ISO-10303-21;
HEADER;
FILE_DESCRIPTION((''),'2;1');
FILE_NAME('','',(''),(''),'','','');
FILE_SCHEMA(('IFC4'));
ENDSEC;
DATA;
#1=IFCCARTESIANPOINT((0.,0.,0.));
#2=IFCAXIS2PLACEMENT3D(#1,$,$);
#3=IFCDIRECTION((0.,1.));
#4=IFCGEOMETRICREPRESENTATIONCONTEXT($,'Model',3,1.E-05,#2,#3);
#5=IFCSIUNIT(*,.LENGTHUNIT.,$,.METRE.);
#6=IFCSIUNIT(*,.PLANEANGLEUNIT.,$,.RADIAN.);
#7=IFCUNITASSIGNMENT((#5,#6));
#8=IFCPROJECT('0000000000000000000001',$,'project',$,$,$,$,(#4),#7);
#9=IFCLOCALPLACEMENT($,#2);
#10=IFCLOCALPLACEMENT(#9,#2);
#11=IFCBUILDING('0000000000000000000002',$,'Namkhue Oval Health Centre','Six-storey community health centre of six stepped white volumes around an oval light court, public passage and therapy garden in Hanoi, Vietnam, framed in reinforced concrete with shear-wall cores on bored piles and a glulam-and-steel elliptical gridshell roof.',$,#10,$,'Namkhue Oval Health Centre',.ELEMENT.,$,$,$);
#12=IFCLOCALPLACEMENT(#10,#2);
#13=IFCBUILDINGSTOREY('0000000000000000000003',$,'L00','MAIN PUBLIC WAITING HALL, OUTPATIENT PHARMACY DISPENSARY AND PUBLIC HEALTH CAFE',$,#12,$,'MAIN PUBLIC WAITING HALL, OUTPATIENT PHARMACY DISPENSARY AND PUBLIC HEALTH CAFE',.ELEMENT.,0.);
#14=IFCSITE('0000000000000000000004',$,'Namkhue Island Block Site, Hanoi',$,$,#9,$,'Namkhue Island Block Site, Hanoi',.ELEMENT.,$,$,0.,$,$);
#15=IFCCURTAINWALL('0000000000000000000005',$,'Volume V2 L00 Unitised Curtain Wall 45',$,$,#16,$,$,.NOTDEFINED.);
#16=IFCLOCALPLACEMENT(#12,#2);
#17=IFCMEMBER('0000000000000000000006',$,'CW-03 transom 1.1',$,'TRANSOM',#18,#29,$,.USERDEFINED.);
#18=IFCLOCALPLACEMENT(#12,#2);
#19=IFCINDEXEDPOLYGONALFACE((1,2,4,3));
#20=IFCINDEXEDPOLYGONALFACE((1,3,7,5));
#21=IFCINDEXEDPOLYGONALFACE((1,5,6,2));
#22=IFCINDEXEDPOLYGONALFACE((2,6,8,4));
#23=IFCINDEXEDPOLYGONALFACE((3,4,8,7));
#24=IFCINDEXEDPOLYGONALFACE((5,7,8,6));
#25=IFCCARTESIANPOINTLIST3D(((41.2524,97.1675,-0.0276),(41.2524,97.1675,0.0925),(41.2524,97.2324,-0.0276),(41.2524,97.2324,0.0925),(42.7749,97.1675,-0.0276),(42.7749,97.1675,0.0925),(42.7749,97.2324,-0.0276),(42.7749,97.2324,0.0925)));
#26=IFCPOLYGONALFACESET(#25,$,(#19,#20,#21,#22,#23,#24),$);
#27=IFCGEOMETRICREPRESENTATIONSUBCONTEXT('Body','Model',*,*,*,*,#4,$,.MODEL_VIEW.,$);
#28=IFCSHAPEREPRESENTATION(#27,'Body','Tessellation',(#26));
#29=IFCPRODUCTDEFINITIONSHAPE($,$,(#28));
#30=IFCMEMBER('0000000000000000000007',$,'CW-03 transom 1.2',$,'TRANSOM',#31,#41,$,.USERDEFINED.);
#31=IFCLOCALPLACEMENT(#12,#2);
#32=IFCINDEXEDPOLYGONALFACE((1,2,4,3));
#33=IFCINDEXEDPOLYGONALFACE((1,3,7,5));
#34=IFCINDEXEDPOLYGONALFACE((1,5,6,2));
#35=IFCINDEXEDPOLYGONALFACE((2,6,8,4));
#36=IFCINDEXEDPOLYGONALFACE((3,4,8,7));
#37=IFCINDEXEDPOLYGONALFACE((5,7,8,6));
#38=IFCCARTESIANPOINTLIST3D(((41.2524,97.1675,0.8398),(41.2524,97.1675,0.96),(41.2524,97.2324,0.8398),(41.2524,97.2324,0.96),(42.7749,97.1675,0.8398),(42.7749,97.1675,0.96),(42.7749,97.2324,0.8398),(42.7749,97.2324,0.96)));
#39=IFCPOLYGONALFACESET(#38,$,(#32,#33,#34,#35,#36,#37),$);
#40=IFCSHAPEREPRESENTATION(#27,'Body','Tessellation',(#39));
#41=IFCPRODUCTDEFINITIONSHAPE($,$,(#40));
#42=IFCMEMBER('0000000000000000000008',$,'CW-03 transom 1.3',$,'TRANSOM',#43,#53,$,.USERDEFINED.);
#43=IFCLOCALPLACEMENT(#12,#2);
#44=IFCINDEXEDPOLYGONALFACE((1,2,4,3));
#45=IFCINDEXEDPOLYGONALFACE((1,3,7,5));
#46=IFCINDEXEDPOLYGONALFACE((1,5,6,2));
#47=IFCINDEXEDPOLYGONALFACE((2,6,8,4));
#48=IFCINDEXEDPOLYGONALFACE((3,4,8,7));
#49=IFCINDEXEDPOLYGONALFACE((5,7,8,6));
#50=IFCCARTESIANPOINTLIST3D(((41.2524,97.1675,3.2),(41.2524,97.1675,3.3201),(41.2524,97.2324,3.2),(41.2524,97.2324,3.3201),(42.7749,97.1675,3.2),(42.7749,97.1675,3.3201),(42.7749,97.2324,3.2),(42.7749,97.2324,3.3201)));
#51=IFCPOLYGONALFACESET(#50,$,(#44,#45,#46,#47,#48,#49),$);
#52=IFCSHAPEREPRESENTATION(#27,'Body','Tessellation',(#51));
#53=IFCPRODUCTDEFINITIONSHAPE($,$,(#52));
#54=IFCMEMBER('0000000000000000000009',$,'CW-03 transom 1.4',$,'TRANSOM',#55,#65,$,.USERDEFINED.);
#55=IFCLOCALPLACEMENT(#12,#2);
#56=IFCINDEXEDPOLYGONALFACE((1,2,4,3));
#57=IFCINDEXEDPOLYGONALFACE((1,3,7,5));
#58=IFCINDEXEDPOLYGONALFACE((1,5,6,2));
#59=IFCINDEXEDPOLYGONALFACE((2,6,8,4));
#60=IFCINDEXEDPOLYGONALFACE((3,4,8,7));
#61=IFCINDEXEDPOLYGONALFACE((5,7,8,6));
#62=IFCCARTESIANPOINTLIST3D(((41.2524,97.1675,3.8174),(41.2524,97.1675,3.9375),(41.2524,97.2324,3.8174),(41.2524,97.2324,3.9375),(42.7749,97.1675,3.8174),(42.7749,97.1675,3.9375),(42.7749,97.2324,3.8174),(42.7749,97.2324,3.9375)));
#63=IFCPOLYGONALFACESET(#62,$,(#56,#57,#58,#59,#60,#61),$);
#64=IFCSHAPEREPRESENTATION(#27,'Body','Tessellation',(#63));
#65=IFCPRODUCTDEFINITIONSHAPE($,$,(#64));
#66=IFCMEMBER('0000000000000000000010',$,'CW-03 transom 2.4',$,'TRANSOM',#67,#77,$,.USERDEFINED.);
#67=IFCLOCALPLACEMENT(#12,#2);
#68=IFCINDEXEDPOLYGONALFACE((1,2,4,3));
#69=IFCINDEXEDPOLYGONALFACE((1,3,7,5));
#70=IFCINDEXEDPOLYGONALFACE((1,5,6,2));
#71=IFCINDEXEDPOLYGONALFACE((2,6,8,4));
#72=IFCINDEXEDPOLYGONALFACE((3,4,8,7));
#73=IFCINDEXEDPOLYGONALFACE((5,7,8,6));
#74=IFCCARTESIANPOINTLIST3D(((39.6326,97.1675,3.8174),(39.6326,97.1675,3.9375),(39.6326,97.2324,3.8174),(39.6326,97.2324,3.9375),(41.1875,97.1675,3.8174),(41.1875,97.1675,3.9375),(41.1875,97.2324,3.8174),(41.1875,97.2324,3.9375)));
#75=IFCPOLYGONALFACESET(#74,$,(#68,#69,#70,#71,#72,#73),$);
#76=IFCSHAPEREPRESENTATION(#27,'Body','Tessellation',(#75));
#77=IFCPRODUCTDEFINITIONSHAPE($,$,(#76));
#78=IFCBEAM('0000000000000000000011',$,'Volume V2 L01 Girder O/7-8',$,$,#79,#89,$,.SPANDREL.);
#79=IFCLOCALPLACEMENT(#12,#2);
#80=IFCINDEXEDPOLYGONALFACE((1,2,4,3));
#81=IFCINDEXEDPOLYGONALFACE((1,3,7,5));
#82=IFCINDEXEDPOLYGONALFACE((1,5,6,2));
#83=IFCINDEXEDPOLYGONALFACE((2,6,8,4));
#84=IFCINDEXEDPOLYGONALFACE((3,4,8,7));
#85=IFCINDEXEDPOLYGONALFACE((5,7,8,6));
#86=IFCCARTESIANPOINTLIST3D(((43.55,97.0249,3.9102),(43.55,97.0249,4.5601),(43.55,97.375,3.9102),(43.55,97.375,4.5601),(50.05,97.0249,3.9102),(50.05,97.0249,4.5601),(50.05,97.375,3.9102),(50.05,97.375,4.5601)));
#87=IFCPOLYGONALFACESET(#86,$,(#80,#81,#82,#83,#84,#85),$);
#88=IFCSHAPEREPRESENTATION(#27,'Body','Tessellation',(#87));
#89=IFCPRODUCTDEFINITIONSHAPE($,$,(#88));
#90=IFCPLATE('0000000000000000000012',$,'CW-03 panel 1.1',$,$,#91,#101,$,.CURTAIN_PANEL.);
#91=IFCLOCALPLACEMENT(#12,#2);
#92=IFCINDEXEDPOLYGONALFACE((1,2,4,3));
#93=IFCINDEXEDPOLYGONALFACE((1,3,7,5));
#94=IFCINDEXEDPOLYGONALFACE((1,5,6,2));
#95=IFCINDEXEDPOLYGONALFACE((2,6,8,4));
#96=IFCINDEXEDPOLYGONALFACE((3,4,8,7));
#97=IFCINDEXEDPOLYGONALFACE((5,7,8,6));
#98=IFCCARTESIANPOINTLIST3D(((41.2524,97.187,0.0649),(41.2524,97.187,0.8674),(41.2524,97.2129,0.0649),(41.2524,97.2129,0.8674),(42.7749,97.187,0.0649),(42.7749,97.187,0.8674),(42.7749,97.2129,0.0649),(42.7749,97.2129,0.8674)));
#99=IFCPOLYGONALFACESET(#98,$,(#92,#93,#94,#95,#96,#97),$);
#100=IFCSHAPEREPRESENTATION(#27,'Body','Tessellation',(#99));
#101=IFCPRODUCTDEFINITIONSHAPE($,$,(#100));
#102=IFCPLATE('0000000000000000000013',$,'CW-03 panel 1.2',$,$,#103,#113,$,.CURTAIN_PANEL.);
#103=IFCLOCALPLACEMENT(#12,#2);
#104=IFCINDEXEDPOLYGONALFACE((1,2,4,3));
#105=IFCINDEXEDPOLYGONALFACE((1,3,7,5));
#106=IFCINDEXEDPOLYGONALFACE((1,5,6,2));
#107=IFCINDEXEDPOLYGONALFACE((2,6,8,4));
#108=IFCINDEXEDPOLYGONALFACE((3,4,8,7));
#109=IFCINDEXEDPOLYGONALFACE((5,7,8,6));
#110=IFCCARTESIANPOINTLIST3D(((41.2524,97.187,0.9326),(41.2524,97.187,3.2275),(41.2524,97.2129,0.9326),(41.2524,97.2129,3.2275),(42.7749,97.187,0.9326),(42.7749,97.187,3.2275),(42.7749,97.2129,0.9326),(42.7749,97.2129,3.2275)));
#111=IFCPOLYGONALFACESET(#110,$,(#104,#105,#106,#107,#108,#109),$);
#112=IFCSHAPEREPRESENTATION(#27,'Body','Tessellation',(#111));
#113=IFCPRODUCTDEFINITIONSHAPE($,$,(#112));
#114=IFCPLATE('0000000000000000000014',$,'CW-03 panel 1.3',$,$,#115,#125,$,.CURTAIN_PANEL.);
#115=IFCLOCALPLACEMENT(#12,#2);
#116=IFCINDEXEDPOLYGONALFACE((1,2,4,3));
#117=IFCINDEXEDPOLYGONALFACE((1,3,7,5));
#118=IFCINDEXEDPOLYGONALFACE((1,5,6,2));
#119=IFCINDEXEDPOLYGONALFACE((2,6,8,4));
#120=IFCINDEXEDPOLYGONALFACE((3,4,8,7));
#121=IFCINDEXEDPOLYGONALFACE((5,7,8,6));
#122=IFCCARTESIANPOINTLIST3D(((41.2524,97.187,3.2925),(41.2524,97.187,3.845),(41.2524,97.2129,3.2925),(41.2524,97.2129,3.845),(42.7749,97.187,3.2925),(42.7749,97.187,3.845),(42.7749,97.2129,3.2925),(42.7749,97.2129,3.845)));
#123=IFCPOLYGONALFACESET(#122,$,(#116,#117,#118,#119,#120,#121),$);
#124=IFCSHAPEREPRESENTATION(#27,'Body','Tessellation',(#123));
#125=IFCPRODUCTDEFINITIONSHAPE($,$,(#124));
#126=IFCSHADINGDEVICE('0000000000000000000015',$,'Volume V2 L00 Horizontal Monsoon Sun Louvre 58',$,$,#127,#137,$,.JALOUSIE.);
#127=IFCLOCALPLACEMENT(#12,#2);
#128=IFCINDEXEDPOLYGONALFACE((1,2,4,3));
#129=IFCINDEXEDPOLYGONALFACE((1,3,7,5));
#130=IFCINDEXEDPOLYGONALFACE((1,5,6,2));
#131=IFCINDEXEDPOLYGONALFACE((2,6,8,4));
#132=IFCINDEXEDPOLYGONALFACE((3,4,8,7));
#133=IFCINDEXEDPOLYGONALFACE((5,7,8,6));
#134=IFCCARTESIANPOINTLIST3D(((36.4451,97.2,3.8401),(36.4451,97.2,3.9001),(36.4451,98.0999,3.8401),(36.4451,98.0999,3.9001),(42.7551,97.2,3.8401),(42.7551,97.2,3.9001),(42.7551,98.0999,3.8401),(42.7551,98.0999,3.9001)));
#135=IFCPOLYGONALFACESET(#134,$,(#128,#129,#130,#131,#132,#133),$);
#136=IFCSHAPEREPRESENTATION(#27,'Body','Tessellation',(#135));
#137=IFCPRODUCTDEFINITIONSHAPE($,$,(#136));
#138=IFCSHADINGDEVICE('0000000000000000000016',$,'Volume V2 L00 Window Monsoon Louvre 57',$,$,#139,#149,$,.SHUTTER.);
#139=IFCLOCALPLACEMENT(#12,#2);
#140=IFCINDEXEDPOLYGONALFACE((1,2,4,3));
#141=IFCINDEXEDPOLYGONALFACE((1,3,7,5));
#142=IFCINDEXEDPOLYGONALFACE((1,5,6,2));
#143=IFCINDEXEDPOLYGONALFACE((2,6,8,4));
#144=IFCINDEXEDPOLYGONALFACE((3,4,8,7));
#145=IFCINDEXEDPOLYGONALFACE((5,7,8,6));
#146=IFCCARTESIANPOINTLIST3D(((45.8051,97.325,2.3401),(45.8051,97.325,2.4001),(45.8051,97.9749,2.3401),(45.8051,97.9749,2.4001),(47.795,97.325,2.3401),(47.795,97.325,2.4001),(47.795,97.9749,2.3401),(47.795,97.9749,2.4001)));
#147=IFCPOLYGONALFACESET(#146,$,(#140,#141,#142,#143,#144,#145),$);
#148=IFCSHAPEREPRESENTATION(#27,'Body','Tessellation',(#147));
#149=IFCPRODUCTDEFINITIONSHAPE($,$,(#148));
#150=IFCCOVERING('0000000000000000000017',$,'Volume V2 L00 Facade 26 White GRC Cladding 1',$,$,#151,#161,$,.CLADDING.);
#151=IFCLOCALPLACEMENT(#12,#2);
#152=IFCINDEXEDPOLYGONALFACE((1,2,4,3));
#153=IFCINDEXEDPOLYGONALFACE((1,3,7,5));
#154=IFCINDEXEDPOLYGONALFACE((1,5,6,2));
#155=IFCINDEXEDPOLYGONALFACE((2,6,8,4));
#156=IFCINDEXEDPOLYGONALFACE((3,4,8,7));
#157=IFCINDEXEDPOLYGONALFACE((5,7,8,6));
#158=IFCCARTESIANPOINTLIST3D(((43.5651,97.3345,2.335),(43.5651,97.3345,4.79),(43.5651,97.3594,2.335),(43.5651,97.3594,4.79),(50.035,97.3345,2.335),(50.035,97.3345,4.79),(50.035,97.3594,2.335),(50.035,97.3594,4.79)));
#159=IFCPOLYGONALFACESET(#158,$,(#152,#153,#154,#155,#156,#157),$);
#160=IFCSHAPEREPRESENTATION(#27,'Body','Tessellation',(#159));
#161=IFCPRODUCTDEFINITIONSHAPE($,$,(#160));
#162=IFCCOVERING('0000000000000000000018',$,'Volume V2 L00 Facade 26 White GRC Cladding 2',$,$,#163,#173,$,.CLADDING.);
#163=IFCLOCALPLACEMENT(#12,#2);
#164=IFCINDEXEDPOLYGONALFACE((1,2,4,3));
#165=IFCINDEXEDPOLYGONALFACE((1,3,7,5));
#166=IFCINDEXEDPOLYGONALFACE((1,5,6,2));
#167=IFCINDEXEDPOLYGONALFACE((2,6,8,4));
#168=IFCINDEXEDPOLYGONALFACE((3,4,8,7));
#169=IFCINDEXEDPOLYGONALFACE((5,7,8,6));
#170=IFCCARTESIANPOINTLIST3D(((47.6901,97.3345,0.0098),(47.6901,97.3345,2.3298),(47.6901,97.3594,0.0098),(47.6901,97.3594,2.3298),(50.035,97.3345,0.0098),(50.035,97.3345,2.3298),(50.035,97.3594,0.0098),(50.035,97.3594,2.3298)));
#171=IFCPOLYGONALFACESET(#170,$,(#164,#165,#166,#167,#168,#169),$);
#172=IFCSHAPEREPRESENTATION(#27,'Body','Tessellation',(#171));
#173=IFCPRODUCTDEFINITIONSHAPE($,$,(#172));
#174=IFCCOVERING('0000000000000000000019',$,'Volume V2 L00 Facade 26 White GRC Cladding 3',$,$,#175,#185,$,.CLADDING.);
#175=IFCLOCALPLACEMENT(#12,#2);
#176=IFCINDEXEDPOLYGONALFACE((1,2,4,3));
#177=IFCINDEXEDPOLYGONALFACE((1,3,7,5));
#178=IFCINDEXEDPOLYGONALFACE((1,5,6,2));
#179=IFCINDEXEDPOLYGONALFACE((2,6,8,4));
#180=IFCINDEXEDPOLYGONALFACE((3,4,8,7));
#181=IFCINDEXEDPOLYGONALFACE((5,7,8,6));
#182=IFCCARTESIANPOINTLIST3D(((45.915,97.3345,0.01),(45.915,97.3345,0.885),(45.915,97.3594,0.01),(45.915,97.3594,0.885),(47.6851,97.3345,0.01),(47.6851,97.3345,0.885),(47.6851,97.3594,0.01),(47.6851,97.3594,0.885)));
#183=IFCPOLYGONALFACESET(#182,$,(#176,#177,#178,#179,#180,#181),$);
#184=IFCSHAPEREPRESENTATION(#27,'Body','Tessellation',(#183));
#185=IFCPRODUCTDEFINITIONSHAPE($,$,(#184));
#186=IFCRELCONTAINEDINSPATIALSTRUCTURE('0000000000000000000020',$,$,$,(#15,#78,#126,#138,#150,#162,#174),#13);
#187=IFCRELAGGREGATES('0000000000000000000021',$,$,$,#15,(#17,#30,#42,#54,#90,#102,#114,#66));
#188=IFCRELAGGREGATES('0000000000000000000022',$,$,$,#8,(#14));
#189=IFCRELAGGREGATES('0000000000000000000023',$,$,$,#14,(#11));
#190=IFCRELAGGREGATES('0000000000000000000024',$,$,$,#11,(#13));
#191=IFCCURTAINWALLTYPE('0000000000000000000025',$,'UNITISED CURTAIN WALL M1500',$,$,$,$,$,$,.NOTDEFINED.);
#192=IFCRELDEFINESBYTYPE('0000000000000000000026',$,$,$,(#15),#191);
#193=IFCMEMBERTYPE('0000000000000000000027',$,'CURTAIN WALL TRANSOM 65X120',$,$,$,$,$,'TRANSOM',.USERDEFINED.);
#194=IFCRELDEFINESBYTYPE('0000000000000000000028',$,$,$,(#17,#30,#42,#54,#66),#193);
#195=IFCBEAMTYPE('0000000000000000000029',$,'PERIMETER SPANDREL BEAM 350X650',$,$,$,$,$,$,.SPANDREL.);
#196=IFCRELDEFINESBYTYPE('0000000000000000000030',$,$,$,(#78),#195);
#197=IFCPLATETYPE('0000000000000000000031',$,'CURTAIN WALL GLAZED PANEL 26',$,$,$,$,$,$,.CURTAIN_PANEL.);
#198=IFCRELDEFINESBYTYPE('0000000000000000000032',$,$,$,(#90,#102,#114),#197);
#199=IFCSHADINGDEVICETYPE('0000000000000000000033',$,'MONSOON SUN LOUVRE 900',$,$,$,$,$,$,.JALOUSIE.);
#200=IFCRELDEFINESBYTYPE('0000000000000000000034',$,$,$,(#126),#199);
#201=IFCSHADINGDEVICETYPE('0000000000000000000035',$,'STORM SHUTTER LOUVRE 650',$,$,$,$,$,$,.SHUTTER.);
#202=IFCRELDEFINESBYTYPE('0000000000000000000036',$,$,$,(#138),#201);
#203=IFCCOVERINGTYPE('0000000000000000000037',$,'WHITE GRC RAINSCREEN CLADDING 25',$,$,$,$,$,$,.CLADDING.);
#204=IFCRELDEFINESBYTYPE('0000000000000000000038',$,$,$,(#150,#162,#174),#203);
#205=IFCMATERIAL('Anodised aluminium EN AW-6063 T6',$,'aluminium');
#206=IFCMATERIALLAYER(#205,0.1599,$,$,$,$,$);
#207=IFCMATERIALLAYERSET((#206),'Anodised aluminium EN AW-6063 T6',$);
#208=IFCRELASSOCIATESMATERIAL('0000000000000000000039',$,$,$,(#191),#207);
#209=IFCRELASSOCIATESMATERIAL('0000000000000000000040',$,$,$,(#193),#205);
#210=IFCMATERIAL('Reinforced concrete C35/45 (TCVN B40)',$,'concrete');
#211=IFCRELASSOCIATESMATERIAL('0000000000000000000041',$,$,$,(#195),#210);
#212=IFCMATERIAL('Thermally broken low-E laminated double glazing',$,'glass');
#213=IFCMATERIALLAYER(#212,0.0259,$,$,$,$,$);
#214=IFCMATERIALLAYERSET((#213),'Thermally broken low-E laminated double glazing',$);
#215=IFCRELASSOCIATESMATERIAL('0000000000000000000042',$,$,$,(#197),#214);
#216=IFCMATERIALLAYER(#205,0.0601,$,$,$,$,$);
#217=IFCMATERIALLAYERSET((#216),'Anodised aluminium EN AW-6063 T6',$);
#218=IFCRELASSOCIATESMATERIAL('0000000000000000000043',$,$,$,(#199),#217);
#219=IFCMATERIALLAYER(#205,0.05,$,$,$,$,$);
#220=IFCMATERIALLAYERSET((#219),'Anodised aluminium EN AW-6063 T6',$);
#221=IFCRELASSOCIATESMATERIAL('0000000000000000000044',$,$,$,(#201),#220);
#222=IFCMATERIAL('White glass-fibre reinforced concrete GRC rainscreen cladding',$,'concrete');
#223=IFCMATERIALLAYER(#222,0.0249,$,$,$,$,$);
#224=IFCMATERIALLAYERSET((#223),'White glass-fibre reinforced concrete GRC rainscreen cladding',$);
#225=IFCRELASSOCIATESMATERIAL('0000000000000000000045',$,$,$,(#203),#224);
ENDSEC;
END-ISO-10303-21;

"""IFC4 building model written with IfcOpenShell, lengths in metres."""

from ifc_helpers import new_model, si_unit, direction, frame, origin, origin_2d, place, context, subcontext, project, spatial, rectangle, extrude, material, layer, layer_set, material_profile, profile_set, type_object, element, aggregate, save


model = new_model("IFC4")

# Units and contexts
model_context = context("Model", 3, precision=1e-05, world=origin(), true_north=direction((0.0, 1.0)))
body_context = subcontext(model_context, "Body", "Model", "MODEL_VIEW")
ifc_project = project(units=[si_unit("LENGTHUNIT", "METRE"), si_unit("PLANEANGLEUNIT", "RADIAN")], contexts=[model_context])

# Site, building, storey
site_placement = place(None, origin())
site = spatial("IfcSite", under=ifc_project, at=site_placement, Name="Namkhue Island Block Site, Hanoi", LongName="Namkhue Island Block Site, Hanoi", CompositionType="ELEMENT", RefElevation=0.0)
building_placement = place(site_placement, origin())
building = spatial("IfcBuilding", under=site, at=building_placement, Name="Namkhue Oval Health Centre", Description="Six-storey community health centre of six stepped white volumes around an oval light court, public passage and therapy garden in Hanoi, Vietnam, framed in reinforced concrete with shear-wall cores on bored piles and a glulam-and-steel elliptical gridshell roof.", LongName="Namkhue Oval Health Centre", CompositionType="ELEMENT")
storey_placement = place(building_placement, origin())
storey = spatial("IfcBuildingStorey", under=building, at=storey_placement, Name="L00", Description="MAIN PUBLIC WAITING HALL, OUTPATIENT PHARMACY DISPENSARY AND PUBLIC HEALTH CAFE", LongName="MAIN PUBLIC WAITING HALL, OUTPATIENT PHARMACY DISPENSARY AND PUBLIC HEALTH CAFE", CompositionType="ELEMENT", Elevation=0.0)

# Shared definitions
ifc_material_1 = material(Name="Reinforced concrete C35/45 (TCVN B40)", Category="concrete")

# Curtain wall, members
ifc_material_2 = material(Name="Anodised aluminium EN AW-6063 T6", Category="aluminium")
ifc_layer_1 = layer(ifc_material_2, 0.1599)
ifc_layer_set_1 = layer_set([ifc_layer_1], Name="Anodised aluminium EN AW-6063 T6")
curtain_wall_type = type_object("IfcCurtainWallType", Name="UNITISED CURTAIN WALL M1500", PredefinedType="NOTDEFINED", material=ifc_layer_set_1)
curtain_wall_placement = place(storey_placement, origin())
curtain_wall = element("IfcCurtainWall", 1, at=curtain_wall_placement, inside=storey, type_object=curtain_wall_type, Name="Volume V2 L00 Unitised Curtain Wall 45", PredefinedType="NOTDEFINED")
ifc_material_profile_1 = material_profile(ifc_material_2, rectangle(XDim=0.0649, YDim=0.1201, at=origin_2d()), Name="ALU 65x120")
ifc_profile_set_1 = profile_set([ifc_material_profile_1], Name="Anodised aluminium EN AW-6063 T6")
member_type_1 = type_object("IfcMemberType", Name="CURTAIN WALL TRANSOM 65X120", ElementType="TRANSOM", PredefinedType="USERDEFINED", material=ifc_profile_set_1)
member_1_placement = place(storey_placement, frame((42.7749, 97.2, 0.0325), z_axis=(-1.0, 0.0, 0.0), x_axis=(0.0, -1.0, 0.0)))
member_1 = element("IfcMember", 2, at=member_1_placement, type_object=member_type_1, Name="CW-03 transom 1.1", ObjectType="TRANSOM", PredefinedType="USERDEFINED", context=body_context, shape_type="SweptSolid", body=[
    extrude(rectangle(XDim=0.0649, YDim=0.1201, at=origin_2d()), origin(), (0.0, 0.0, 1.0), 1.5225),
])
member_2_placement = place(storey_placement, frame((42.7749, 97.2, 0.8999), z_axis=(-1.0, 0.0, 0.0), x_axis=(0.0, -1.0, 0.0)))
member_2 = element("IfcMember", 3, at=member_2_placement, type_object=member_type_1, Name="CW-03 transom 1.2", ObjectType="TRANSOM", PredefinedType="USERDEFINED", context=body_context, shape_type="SweptSolid", body=[
    extrude(rectangle(XDim=0.0649, YDim=0.1201, at=origin_2d()), origin(), (0.0, 0.0, 1.0), 1.5225),
])
member_3_placement = place(storey_placement, frame((42.7749, 97.2, 3.26), z_axis=(-1.0, 0.0, 0.0), x_axis=(0.0, -1.0, 0.0)))
member_3 = element("IfcMember", 4, at=member_3_placement, type_object=member_type_1, Name="CW-03 transom 1.3", ObjectType="TRANSOM", PredefinedType="USERDEFINED", context=body_context, shape_type="SweptSolid", body=[
    extrude(rectangle(XDim=0.0649, YDim=0.1201, at=origin_2d()), origin(), (0.0, 0.0, 1.0), 1.5225),
])
member_4_placement = place(storey_placement, frame((42.7749, 97.2, 3.8774), z_axis=(-1.0, 0.0, 0.0), x_axis=(0.0, -1.0, 0.0)))
member_4 = element("IfcMember", 5, at=member_4_placement, type_object=member_type_1, Name="CW-03 transom 1.4", ObjectType="TRANSOM", PredefinedType="USERDEFINED", context=body_context, shape_type="SweptSolid", body=[
    extrude(rectangle(XDim=0.0649, YDim=0.1201, at=origin_2d()), origin(), (0.0, 0.0, 1.0), 1.5225),
])
member_5_placement = place(storey_placement, frame((41.1875, 97.2, 3.8774), z_axis=(-1.0, 0.0, 0.0), x_axis=(0.0, -1.0, 0.0)))
member_5 = element("IfcMember", 6, at=member_5_placement, type_object=member_type_1, Name="CW-03 transom 2.4", ObjectType="TRANSOM", PredefinedType="USERDEFINED", context=body_context, shape_type="SweptSolid", body=[
    extrude(rectangle(XDim=0.0649, YDim=0.1201, at=origin_2d()), origin(), (0.0, 0.0, 1.0), 1.5549),
])

# Beam
ifc_material_profile_2 = material_profile(ifc_material_1, rectangle(XDim=0.3501, YDim=0.6499, at=origin_2d()), Name="RC 350x650")
ifc_profile_set_2 = profile_set([ifc_material_profile_2], Name="Reinforced concrete C35/45 (TCVN B40)")
beam_type = type_object("IfcBeamType", Name="PERIMETER SPANDREL BEAM 350X650", PredefinedType="SPANDREL", material=ifc_profile_set_2)
beam_placement = place(storey_placement, frame((43.55, 97.2, 4.2351), z_axis=(1.0, 0.0, 0.0), x_axis=(0.0, 1.0, 0.0)))
element("IfcBeam", 7, at=beam_placement, inside=storey, type_object=beam_type, Name="Volume V2 L01 Girder O/7-8", PredefinedType="SPANDREL", context=body_context, shape_type="SweptSolid", body=[
    extrude(rectangle(XDim=0.3501, YDim=0.6499, at=origin_2d()), origin(), (0.0, 0.0, 1.0), 6.5),
])

# Plates
ifc_material_3 = material(Name="Thermally broken low-E laminated double glazing", Category="glass")
ifc_layer_2 = layer(ifc_material_3, 0.0259)
ifc_layer_set_2 = layer_set([ifc_layer_2], Name="Thermally broken low-E laminated double glazing")
plate_type = type_object("IfcPlateType", Name="CURTAIN WALL GLAZED PANEL 26", PredefinedType="CURTAIN_PANEL", material=ifc_layer_set_2)
plate_1_placement = place(storey_placement, frame((42.0137, 97.2, 0.0649), z_axis=(0.0, 0.0, 1.0), x_axis=(-1.0, 0.0, 0.0)))
plate_1 = element("IfcPlate", 8, at=plate_1_placement, type_object=plate_type, Name="CW-03 panel 1.1", PredefinedType="CURTAIN_PANEL", context=body_context, shape_type="SweptSolid", body=[
    extrude(rectangle(XDim=1.5225, YDim=0.0259, at=origin_2d()), origin(), (0.0, 0.0, 1.0), 0.8025),
])
plate_2_placement = place(storey_placement, frame((42.0137, 97.2, 0.9326), z_axis=(0.0, 0.0, 1.0), x_axis=(-1.0, 0.0, 0.0)))
plate_2 = element("IfcPlate", 9, at=plate_2_placement, type_object=plate_type, Name="CW-03 panel 1.2", PredefinedType="CURTAIN_PANEL", context=body_context, shape_type="SweptSolid", body=[
    extrude(rectangle(XDim=1.5225, YDim=0.0259, at=origin_2d()), origin(), (0.0, 0.0, 1.0), 2.2949),
])
plate_3_placement = place(storey_placement, frame((42.0137, 97.2, 3.2925), z_axis=(0.0, 0.0, 1.0), x_axis=(-1.0, 0.0, 0.0)))
plate_3 = element("IfcPlate", 10, at=plate_3_placement, type_object=plate_type, Name="CW-03 panel 1.3", PredefinedType="CURTAIN_PANEL", context=body_context, shape_type="SweptSolid", body=[
    extrude(rectangle(XDim=1.5225, YDim=0.0259, at=origin_2d()), origin(), (0.0, 0.0, 1.0), 0.5525),
])
aggregate(curtain_wall, [member_1, member_2, member_3, member_4, plate_1, plate_2, plate_3, member_5])

# Shading devices
ifc_layer_3 = layer(ifc_material_2, 0.0601)
ifc_layer_set_3 = layer_set([ifc_layer_3], Name="Anodised aluminium EN AW-6063 T6")
shading_device_type_1 = type_object("IfcShadingDeviceType", Name="MONSOON SUN LOUVRE 900", PredefinedType="JALOUSIE", material=ifc_layer_set_3)
shading_device_1_placement = place(storey_placement, frame((39.6001, 97.6499, 3.8401), z_axis=(0.0, 0.0, 1.0), x_axis=(-1.0, 0.0, 0.0)))
element("IfcShadingDevice", 11, at=shading_device_1_placement, inside=storey, type_object=shading_device_type_1, Name="Volume V2 L00 Horizontal Monsoon Sun Louvre 58", PredefinedType="JALOUSIE", context=body_context, shape_type="SweptSolid", body=[
    extrude(rectangle(XDim=6.3101, YDim=0.8999, at=origin_2d()), origin(), (0.0, 0.0, 1.0), 0.0601),
])
ifc_layer_4 = layer(ifc_material_2, 0.05)
ifc_layer_set_4 = layer_set([ifc_layer_4], Name="Anodised aluminium EN AW-6063 T6")
shading_device_type_2 = type_object("IfcShadingDeviceType", Name="STORM SHUTTER LOUVRE 650", PredefinedType="SHUTTER", material=ifc_layer_set_4)
shading_device_2_placement = place(storey_placement, frame((46.8, 97.6499, 2.3401), z_axis=(0.0, 0.0, 1.0), x_axis=(-1.0, 0.0, 0.0)))
element("IfcShadingDevice", 12, at=shading_device_2_placement, inside=storey, type_object=shading_device_type_2, Name="Volume V2 L00 Window Monsoon Louvre 57", PredefinedType="SHUTTER", context=body_context, shape_type="SweptSolid", body=[
    extrude(rectangle(XDim=1.99, YDim=0.6499, at=origin_2d()), origin(), (0.0, 0.0, 1.0), 0.0601),
])

# Coverings
ifc_material_4 = material(Name="White glass-fibre reinforced concrete GRC rainscreen cladding", Category="concrete")
ifc_layer_5 = layer(ifc_material_4, 0.0249)
ifc_layer_set_5 = layer_set([ifc_layer_5], Name="White glass-fibre reinforced concrete GRC rainscreen cladding")
covering_type = type_object("IfcCoveringType", Name="WHITE GRC RAINSCREEN CLADDING 25", PredefinedType="CLADDING", material=ifc_layer_set_5)
covering_1_placement = place(storey_placement, frame((46.8, 97.3469, 2.335), z_axis=(0.0, 0.0, 1.0), x_axis=(-1.0, 0.0, 0.0)))
element("IfcCovering", 13, at=covering_1_placement, inside=storey, type_object=covering_type, Name="Volume V2 L00 Facade 26 White GRC Cladding 1", PredefinedType="CLADDING", context=body_context, shape_type="SweptSolid", body=[
    extrude(rectangle(XDim=6.47, YDim=0.0249, at=origin_2d()), origin(), (0.0, 0.0, 1.0), 2.4551),
])
covering_2_placement = place(storey_placement, frame((48.8625, 97.3469, 0.0098), z_axis=(0.0, 0.0, 1.0), x_axis=(-1.0, 0.0, 0.0)))
element("IfcCovering", 14, at=covering_2_placement, inside=storey, type_object=covering_type, Name="Volume V2 L00 Facade 26 White GRC Cladding 2", PredefinedType="CLADDING", context=body_context, shape_type="SweptSolid", body=[
    extrude(rectangle(XDim=2.345, YDim=0.0249, at=origin_2d()), origin(), (0.0, 0.0, 1.0), 2.3201),
])
covering_3_placement = place(storey_placement, frame((46.8, 97.3469, 0.01), z_axis=(0.0, 0.0, 1.0), x_axis=(-1.0, 0.0, 0.0)))
element("IfcCovering", 15, at=covering_3_placement, inside=storey, type_object=covering_type, Name="Volume V2 L00 Facade 26 White GRC Cladding 3", PredefinedType="CLADDING", context=body_context, shape_type="SweptSolid", body=[
    extrude(rectangle(XDim=1.77, YDim=0.0249, at=origin_2d()), origin(), (0.0, 0.0, 1.0), 0.875),
])

save(model, "model.ifc")
